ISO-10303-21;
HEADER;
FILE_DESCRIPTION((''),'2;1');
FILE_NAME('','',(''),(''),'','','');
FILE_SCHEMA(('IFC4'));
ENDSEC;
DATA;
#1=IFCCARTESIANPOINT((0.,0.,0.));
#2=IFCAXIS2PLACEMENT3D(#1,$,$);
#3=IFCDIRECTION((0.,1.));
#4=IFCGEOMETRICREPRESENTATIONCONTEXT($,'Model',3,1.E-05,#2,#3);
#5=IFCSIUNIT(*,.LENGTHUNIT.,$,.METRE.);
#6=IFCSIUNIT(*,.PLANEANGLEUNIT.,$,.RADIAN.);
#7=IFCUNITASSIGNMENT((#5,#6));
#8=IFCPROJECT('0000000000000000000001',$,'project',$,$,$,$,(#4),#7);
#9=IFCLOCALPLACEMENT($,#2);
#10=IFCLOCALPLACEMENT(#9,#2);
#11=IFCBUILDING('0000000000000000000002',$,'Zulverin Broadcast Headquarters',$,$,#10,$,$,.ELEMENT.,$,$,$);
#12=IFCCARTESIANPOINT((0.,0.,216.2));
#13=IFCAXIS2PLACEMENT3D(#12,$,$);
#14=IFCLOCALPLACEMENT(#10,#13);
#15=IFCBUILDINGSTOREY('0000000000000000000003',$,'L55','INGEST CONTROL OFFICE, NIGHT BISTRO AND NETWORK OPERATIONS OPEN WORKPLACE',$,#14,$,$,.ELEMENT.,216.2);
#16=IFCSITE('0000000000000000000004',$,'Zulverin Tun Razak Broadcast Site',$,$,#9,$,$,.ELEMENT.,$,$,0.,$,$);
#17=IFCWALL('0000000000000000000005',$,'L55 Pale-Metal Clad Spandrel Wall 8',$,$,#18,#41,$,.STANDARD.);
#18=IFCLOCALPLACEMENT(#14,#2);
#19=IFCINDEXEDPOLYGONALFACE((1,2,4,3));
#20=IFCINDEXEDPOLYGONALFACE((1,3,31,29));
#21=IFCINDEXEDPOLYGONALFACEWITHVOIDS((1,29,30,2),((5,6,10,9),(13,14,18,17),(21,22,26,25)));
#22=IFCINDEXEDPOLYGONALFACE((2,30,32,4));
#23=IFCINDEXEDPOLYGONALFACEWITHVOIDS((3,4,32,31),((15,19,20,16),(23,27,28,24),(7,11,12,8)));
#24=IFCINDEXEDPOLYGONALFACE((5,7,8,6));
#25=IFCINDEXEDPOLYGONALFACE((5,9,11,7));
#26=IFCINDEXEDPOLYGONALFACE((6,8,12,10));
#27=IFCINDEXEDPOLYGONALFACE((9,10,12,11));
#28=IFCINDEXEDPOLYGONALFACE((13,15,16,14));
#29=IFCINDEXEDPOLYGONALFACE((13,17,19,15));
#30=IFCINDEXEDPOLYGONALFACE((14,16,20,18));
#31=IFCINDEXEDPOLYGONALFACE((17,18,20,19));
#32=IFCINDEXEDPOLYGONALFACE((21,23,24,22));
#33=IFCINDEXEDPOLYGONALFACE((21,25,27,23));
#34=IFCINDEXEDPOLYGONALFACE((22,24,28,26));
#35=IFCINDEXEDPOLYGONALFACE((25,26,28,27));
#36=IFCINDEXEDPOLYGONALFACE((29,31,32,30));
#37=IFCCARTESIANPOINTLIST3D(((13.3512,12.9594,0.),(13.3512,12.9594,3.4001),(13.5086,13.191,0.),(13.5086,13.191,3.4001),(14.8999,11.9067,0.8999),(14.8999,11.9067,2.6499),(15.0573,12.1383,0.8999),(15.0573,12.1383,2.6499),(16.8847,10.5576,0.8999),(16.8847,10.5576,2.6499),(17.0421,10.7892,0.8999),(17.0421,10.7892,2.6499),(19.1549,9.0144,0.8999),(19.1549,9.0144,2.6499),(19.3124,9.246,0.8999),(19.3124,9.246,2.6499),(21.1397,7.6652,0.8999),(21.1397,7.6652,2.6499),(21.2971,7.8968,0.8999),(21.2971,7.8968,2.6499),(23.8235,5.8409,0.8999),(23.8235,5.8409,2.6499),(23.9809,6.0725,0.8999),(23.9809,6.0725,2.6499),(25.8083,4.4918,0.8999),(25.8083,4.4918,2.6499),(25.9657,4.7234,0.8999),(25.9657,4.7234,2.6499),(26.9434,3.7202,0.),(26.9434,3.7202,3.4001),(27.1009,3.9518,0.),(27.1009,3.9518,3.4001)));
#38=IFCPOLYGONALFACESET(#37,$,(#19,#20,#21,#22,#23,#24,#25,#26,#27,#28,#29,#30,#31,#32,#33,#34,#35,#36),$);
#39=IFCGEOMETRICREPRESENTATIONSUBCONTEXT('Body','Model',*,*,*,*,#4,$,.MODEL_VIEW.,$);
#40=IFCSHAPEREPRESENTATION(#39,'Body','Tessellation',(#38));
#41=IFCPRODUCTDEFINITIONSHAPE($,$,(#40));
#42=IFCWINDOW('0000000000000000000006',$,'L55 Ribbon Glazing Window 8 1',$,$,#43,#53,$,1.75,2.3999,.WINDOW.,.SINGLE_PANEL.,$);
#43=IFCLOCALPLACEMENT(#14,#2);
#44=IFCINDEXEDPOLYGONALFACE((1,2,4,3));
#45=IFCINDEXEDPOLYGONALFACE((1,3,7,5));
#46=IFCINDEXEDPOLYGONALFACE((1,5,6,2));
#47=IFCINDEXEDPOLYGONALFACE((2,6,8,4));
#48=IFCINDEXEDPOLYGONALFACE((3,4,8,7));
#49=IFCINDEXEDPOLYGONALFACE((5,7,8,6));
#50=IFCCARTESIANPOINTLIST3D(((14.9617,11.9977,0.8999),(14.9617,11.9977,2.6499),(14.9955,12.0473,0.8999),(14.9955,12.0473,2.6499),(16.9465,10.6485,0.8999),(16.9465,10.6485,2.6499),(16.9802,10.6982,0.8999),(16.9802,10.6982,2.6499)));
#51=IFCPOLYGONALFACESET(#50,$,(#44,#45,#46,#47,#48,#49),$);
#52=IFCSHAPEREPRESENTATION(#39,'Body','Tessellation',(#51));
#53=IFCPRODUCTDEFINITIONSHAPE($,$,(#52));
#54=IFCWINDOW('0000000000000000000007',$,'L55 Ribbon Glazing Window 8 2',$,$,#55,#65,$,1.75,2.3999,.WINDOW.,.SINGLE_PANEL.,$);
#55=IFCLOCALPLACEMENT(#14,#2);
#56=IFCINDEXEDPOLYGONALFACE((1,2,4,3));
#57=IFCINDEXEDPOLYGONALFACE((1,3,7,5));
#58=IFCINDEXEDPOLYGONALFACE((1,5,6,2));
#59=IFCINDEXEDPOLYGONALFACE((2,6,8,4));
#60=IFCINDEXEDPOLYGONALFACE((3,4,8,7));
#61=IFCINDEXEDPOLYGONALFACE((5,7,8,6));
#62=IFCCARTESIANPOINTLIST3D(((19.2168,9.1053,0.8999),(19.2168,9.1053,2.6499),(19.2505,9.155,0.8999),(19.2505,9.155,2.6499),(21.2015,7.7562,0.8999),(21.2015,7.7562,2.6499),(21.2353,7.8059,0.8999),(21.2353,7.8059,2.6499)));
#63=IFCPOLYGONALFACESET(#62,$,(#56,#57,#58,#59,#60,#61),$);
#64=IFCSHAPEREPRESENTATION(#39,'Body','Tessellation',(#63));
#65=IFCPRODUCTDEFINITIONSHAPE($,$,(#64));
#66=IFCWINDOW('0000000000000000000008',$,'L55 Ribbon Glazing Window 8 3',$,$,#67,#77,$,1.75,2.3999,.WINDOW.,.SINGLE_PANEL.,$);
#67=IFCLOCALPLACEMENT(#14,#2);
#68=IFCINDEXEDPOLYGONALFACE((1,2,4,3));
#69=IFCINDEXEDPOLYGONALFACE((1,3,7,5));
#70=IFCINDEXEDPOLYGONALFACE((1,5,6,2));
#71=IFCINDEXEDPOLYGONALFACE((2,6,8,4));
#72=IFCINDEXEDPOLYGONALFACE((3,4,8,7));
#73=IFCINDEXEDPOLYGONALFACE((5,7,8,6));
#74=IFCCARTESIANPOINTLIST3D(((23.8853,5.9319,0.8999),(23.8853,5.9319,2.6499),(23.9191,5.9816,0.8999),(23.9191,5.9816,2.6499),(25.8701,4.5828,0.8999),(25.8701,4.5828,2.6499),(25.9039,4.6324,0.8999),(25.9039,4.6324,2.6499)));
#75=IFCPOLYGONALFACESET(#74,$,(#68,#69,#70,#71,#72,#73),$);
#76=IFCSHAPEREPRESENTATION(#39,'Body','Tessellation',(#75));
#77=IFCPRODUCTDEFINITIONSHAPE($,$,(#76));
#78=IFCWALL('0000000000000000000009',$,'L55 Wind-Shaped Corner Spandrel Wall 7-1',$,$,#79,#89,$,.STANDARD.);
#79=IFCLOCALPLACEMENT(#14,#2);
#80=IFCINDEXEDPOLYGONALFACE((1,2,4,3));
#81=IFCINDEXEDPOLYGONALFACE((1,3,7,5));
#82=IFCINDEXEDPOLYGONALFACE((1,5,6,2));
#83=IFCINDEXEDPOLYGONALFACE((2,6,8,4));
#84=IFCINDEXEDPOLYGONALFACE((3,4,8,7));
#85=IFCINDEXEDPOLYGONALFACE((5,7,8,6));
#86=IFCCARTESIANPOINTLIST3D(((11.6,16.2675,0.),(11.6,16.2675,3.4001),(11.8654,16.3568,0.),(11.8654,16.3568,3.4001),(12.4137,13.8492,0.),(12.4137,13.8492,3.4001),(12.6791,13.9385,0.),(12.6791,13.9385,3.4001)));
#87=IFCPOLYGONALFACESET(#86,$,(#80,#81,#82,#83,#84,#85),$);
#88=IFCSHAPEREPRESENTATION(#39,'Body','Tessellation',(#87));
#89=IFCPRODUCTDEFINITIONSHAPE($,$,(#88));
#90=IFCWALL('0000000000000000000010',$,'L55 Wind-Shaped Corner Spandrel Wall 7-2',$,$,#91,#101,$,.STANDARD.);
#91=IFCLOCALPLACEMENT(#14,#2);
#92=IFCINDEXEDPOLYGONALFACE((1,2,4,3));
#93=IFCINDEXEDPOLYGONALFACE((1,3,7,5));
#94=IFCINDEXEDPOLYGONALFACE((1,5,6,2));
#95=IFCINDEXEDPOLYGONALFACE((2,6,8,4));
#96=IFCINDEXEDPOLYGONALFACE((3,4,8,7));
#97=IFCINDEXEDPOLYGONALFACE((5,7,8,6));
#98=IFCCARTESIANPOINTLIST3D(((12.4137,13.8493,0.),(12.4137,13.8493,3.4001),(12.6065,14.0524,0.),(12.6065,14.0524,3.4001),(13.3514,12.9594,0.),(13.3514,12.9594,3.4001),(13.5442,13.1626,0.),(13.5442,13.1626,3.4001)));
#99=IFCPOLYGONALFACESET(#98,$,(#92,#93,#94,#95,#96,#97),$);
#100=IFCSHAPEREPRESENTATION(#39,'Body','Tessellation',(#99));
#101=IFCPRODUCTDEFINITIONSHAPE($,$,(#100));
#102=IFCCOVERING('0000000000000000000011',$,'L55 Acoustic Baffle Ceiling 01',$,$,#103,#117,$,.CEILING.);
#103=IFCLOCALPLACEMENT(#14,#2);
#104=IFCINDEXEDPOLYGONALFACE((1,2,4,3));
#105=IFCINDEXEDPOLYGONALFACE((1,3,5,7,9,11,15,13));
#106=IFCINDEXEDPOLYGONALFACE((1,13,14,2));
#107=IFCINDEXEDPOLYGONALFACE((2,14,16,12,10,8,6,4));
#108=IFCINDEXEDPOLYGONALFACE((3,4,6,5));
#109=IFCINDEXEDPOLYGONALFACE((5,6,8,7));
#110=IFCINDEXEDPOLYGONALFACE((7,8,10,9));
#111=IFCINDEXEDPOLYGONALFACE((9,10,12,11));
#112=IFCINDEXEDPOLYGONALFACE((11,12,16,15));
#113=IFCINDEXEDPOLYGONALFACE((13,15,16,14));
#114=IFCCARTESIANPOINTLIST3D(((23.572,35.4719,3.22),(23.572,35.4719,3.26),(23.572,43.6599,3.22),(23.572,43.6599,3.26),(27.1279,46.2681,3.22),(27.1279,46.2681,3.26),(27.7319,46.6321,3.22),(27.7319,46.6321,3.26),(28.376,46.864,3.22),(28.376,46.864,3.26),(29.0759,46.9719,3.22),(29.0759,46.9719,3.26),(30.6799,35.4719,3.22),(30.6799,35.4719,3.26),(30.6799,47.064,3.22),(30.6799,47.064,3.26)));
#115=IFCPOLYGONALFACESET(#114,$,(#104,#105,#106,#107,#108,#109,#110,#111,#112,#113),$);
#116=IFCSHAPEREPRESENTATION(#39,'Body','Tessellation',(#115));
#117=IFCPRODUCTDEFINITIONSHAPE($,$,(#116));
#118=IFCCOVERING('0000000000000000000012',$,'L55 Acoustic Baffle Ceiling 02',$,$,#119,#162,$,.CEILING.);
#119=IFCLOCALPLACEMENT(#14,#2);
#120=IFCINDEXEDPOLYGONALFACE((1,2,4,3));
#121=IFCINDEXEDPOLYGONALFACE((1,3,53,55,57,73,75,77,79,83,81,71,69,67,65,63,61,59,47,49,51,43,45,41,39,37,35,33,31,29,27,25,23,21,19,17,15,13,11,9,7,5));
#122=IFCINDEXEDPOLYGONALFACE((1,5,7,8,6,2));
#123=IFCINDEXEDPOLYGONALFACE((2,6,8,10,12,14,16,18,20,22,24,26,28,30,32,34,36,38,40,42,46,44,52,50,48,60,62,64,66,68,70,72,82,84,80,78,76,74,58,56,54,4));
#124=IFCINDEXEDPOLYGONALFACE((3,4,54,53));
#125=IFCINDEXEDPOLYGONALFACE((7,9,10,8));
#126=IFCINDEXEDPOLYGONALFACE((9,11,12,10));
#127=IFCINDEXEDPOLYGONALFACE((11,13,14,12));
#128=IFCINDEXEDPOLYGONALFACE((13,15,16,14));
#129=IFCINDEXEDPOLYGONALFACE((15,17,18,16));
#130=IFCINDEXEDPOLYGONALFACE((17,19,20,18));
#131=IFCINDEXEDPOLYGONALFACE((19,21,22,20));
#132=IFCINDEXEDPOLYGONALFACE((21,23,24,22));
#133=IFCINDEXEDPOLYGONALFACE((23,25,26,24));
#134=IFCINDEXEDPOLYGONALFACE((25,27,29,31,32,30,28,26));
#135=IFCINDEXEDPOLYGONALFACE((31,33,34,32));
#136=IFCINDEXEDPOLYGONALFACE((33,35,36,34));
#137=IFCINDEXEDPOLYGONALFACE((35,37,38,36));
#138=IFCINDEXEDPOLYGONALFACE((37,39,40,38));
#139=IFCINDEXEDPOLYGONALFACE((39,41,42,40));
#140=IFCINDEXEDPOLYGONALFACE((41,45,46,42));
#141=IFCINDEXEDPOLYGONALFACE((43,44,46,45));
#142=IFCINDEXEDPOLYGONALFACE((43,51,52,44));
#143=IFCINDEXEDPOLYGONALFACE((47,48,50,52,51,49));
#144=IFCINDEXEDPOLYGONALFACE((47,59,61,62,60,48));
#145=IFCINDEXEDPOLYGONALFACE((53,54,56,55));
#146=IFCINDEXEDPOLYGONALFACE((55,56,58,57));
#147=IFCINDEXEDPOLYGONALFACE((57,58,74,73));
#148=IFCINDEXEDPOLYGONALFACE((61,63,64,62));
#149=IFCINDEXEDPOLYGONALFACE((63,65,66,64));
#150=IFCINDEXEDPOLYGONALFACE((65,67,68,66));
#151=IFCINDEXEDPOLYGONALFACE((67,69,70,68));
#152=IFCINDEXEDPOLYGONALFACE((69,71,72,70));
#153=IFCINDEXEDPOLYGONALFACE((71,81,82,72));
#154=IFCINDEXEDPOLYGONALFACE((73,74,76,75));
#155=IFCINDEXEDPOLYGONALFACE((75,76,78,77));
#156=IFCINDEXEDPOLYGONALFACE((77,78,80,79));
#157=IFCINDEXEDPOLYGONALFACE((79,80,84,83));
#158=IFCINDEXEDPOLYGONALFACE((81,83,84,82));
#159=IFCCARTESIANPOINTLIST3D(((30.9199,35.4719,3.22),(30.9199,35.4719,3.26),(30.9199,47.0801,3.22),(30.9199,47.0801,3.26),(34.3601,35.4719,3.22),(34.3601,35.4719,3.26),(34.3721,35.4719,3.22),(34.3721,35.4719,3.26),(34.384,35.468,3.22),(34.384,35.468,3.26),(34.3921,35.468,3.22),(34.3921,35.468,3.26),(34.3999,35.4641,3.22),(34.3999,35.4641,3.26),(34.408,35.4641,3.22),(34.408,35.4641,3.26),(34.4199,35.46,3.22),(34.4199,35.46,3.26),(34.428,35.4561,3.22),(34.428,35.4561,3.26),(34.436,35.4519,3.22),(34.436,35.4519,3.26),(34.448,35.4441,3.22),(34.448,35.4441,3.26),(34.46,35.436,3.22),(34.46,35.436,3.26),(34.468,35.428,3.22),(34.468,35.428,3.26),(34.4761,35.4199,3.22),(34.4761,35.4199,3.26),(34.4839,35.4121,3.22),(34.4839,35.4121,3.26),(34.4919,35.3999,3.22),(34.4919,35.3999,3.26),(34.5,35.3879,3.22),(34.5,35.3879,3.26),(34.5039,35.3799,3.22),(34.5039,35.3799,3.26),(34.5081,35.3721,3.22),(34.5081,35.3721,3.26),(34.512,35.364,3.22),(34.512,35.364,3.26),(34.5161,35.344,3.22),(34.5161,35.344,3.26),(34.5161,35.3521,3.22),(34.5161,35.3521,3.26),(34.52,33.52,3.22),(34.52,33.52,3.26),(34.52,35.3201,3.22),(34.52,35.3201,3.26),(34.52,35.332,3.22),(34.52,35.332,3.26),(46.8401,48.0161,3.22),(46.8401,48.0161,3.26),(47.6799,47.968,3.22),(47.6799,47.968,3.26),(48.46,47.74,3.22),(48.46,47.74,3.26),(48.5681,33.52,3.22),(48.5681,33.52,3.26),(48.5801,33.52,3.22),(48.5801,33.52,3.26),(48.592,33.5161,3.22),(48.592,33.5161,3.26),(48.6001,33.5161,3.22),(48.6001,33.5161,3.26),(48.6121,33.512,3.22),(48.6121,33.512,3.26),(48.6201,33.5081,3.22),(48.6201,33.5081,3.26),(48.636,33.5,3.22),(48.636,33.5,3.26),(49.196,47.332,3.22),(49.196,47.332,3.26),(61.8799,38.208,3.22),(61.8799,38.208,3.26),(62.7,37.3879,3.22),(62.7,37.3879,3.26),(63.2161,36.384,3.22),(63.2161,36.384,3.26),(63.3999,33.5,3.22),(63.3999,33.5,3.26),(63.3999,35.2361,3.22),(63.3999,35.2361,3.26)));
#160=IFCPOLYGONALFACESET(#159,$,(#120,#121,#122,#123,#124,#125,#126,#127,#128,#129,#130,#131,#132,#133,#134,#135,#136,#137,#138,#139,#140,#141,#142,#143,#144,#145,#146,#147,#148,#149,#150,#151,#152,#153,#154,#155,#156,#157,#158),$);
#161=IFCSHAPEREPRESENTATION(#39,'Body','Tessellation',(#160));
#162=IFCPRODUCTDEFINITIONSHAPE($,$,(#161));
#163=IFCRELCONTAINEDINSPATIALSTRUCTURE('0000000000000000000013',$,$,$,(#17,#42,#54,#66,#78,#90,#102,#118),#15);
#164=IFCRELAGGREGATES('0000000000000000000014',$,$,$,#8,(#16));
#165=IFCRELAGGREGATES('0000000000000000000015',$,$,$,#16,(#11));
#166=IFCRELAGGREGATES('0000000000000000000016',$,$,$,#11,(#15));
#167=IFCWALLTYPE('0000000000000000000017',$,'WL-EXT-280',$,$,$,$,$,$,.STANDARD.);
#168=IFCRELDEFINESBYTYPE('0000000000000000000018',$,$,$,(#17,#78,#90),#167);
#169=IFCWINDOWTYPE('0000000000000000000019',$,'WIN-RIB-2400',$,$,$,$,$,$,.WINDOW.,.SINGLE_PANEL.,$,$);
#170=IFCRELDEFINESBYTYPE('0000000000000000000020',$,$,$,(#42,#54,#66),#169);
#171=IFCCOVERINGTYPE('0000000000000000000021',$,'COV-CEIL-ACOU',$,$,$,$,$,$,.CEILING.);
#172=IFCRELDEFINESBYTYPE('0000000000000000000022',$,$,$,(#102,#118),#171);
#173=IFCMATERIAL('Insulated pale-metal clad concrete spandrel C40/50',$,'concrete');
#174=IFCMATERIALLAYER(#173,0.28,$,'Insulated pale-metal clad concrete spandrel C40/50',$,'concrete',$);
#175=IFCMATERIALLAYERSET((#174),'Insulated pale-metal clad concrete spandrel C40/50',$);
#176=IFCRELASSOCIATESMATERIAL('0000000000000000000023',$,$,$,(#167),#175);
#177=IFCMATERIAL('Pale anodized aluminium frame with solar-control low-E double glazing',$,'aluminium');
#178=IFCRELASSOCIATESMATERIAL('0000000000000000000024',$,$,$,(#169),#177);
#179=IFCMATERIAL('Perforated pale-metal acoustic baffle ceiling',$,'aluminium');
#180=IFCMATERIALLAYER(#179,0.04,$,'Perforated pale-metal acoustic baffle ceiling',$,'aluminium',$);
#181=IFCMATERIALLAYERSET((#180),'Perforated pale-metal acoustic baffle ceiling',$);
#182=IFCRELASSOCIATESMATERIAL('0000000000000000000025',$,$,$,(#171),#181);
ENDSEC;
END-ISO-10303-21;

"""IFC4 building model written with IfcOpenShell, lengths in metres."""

from ifc_helpers import new_model, si_unit, direction, frame, frame_2d, origin, place, context, subcontext, project, spatial, polyline, rectangle, outline, extrude, material, layer, layer_set, type_object, element, fill, save


model = new_model("IFC4")

# Units and contexts
model_context = context("Model", 3, precision=1e-05, world=origin(), true_north=direction((0.0, 1.0)))
body_context = subcontext(model_context, "Body", "Model", "MODEL_VIEW")
ifc_project = project(units=[si_unit("LENGTHUNIT", "METRE"), si_unit("PLANEANGLEUNIT", "RADIAN")], contexts=[model_context])

# Site, building, storey
site_placement = place(None, origin())
site = spatial("IfcSite", under=ifc_project, at=site_placement, Name="Zulverin Tun Razak Broadcast Site", CompositionType="ELEMENT", RefElevation=0.0)
building_placement = place(site_placement, origin())
building = spatial("IfcBuilding", under=site, at=building_placement, Name="Zulverin Broadcast Headquarters", CompositionType="ELEMENT")
storey_placement = place(building_placement, frame((0.0, 0.0, 216.2)))
storey = spatial("IfcBuildingStorey", under=building, at=storey_placement, Name="L55", Description="INGEST CONTROL OFFICE, NIGHT BISTRO AND NETWORK OPERATIONS OPEN WORKPLACE", CompositionType="ELEMENT", Elevation=216.2)

# Wall, openings, windows
ifc_material_1 = material(Name="Insulated pale-metal clad concrete spandrel C40/50", Category="concrete")
ifc_layer_1 = layer(ifc_material_1, 0.28, Name="Insulated pale-metal clad concrete spandrel C40/50", Category="concrete")
ifc_layer_set_1 = layer_set([ifc_layer_1], Name="Insulated pale-metal clad concrete spandrel C40/50")
wall_type = type_object("IfcWallType", Name="WL-EXT-280", PredefinedType="STANDARD", material=ifc_layer_set_1)
wall_1_placement = place(storey_placement, frame((13.4299, 13.0752, 0.0), z_axis=(0.0, 0.0, 1.0), x_axis=(0.827025, -0.562165, 0.0)))
wall_1 = element("IfcWall", 1, at=wall_1_placement, inside=storey, type_object=wall_type, Name="L55 Pale-Metal Clad Spandrel Wall 8", PredefinedType="STANDARD", context=body_context, shape_type="SweptSolid", body=[
    extrude(rectangle(XDim=16.4351, YDim=0.28, at=frame_2d((8.2175, 0.0))), origin(), (0.0, 0.0, 1.0), 3.4001),
])
opening_1_placement = place(wall_1_placement, frame((1.8726, 0.0, 0.8999)))
opening_1 = element("IfcOpeningElement", 2, at=opening_1_placement, cuts=wall_1, PredefinedType="OPENING", context=body_context, shape_type="SweptSolid", body=[
    extrude(rectangle(XDim=2.3999, YDim=1.75, at=frame_2d((1.2, 0.875))), frame((0.0, 0.1499, 0.0), z_axis=(0.0, -1.0, 0.0), x_axis=(1.0, 0.0, 0.0)), (0.0, 0.0, 1.0), 0.3),
])
opening_2_placement = place(wall_1_placement, frame((7.0176, 0.0, 0.8999)))
opening_2 = element("IfcOpeningElement", 3, at=opening_2_placement, cuts=wall_1, PredefinedType="OPENING", context=body_context, shape_type="SweptSolid", body=[
    extrude(rectangle(XDim=2.3999, YDim=1.75, at=frame_2d((1.2, 0.875))), frame((0.0, 0.1499, 0.0), z_axis=(0.0, -1.0, 0.0), x_axis=(1.0, 0.0, 0.0)), (0.0, 0.0, 1.0), 0.3),
])
opening_3_placement = place(wall_1_placement, frame((12.6626, 0.0, 0.8999)))
opening_3 = element("IfcOpeningElement", 4, at=opening_3_placement, cuts=wall_1, PredefinedType="OPENING", context=body_context, shape_type="SweptSolid", body=[
    extrude(rectangle(XDim=2.3999, YDim=1.75, at=frame_2d((1.2, 0.875))), frame((0.0, 0.1499, 0.0), z_axis=(0.0, -1.0, 0.0), x_axis=(1.0, 0.0, 0.0)), (0.0, 0.0, 1.0), 0.3),
])
ifc_material_2 = material(Name="Pale anodized aluminium frame with solar-control low-E double glazing", Category="aluminium")
window_type = type_object("IfcWindowType", Name="WIN-RIB-2400", PartitioningType="SINGLE_PANEL", PredefinedType="WINDOW", material=ifc_material_2)
window_1_placement = place(opening_1_placement, origin())
window_1 = element("IfcWindow", 5, at=window_1_placement, inside=storey, type_object=window_type, Name="L55 Ribbon Glazing Window 8 1", OverallHeight=1.75, OverallWidth=2.3999, PartitioningType="SINGLE_PANEL", PredefinedType="WINDOW", context=body_context, shape_type="SweptSolid", body=[
    extrude(rectangle(XDim=2.3999, YDim=1.75, at=frame_2d((1.2, 0.875))), frame((0.0, 0.03, 0.0), z_axis=(0.0, -1.0, 0.0), x_axis=(1.0, 0.0, 0.0)), (0.0, 0.0, 1.0), 0.0601),
])
fill(opening_1, window_1)
window_2_placement = place(opening_2_placement, origin())
window_2 = element("IfcWindow", 6, at=window_2_placement, inside=storey, type_object=window_type, Name="L55 Ribbon Glazing Window 8 2", OverallHeight=1.75, OverallWidth=2.3999, PartitioningType="SINGLE_PANEL", PredefinedType="WINDOW", context=body_context, shape_type="SweptSolid", body=[
    extrude(rectangle(XDim=2.3999, YDim=1.75, at=frame_2d((1.2, 0.875))), frame((0.0, 0.03, 0.0), z_axis=(0.0, -1.0, 0.0), x_axis=(1.0, 0.0, 0.0)), (0.0, 0.0, 1.0), 0.0601),
])
fill(opening_2, window_2)
window_3_placement = place(opening_3_placement, origin())
window_3 = element("IfcWindow", 7, at=window_3_placement, inside=storey, type_object=window_type, Name="L55 Ribbon Glazing Window 8 3", OverallHeight=1.75, OverallWidth=2.3999, PartitioningType="SINGLE_PANEL", PredefinedType="WINDOW", context=body_context, shape_type="SweptSolid", body=[
    extrude(rectangle(XDim=2.3999, YDim=1.75, at=frame_2d((1.2, 0.875))), frame((0.0, 0.03, 0.0), z_axis=(0.0, -1.0, 0.0), x_axis=(1.0, 0.0, 0.0)), (0.0, 0.0, 1.0), 0.0601),
])
fill(opening_3, window_3)

# Walls
wall_2_placement = place(storey_placement, frame((11.7327, 16.3123, 0.0), z_axis=(0.0, 0.0, 1.0), x_axis=(0.318925, -0.94778, 0.0)))
element("IfcWall", 8, at=wall_2_placement, inside=storey, type_object=wall_type, Name="L55 Wind-Shaped Corner Spandrel Wall 7-1", PredefinedType="STANDARD", context=body_context, shape_type="SweptSolid", body=[
    extrude(rectangle(XDim=2.5515, YDim=0.28, at=frame_2d((1.2759, 0.0))), origin(), (0.0, 0.0, 1.0), 3.4001),
])
wall_3_placement = place(storey_placement, frame((12.51, 13.9509, 0.0), z_axis=(0.0, 0.0, 1.0), x_axis=(0.725372, -0.688357, 0.0)))
element("IfcWall", 9, at=wall_3_placement, inside=storey, type_object=wall_type, Name="L55 Wind-Shaped Corner Spandrel Wall 7-2", PredefinedType="STANDARD", context=body_context, shape_type="SweptSolid", body=[
    extrude(rectangle(XDim=1.2927, YDim=0.28, at=frame_2d((0.6465, 0.0))), origin(), (0.0, 0.0, 1.0), 3.4001),
])

# Coverings
ifc_material_3 = material(Name="Perforated pale-metal acoustic baffle ceiling", Category="aluminium")
ifc_layer_2 = layer(ifc_material_3, 0.04, Name="Perforated pale-metal acoustic baffle ceiling", Category="aluminium")
ifc_layer_set_2 = layer_set([ifc_layer_2], Name="Perforated pale-metal acoustic baffle ceiling")
covering_type_1 = type_object("IfcCoveringType", Name="COV-CEIL-ACOU", PredefinedType="CEILING", material=ifc_layer_set_2)
covering_1_placement = place(storey_placement, frame((0.0, 0.0, 3.22)))
element("IfcCovering", 10, at=covering_1_placement, inside=storey, type_object=covering_type_1, Name="L55 Acoustic Baffle Ceiling 01", PredefinedType="CEILING", context=body_context, shape_type="SweptSolid", body=[
    extrude(outline(polyline([(30.6799, 35.4719), (30.6799, 47.064), (29.0759, 46.9719), (28.376, 46.864), (27.7319, 46.6321), (27.1279, 46.2681), (23.572, 43.6599), (23.572, 35.4719), (30.6799, 35.4719)])), origin(), (0.0, 0.0, 1.0), 0.04),
])
covering_2_placement = place(storey_placement, frame((0.0, 0.0, 3.22)))
element("IfcCovering", 11, at=covering_2_placement, inside=storey, type_object=covering_type_1, Name="L55 Acoustic Baffle Ceiling 02", PredefinedType="CEILING", context=body_context, shape_type="SweptSolid", body=[
    extrude(outline(polyline([(48.46, 47.74), (47.6799, 47.968), (46.8401, 48.0161), (30.9199, 47.0801), (30.9199, 35.4719), (34.3601, 35.4719), (34.3721, 35.4719), (34.384, 35.468), (34.3921, 35.468), (34.3999, 35.4641), (34.408, 35.4641), (34.4199, 35.46), (34.428, 35.4561), (34.436, 35.4519), (34.448, 35.4441), (34.46, 35.436), (34.468, 35.428), (34.4761, 35.4199), (34.4839, 35.4121), (34.4919, 35.3999), (34.5, 35.3879), (34.5039, 35.3799), (34.5081, 35.3721), (34.512, 35.364), (34.5161, 35.3521), (34.5161, 35.344), (34.52, 35.332), (34.52, 35.3201), (34.52, 33.52), (48.5681, 33.52), (48.5801, 33.52), (48.592, 33.5161), (48.6001, 33.5161), (48.6121, 33.512), (48.6201, 33.5081), (48.636, 33.5), (63.3999, 33.5), (63.3999, 35.2361), (63.2161, 36.384), (62.7, 37.3879), (61.8799, 38.208), (49.196, 47.332), (48.46, 47.74)])), origin(), (0.0, 0.0, 1.0), 0.04),
])

save(model, "model.ifc")
